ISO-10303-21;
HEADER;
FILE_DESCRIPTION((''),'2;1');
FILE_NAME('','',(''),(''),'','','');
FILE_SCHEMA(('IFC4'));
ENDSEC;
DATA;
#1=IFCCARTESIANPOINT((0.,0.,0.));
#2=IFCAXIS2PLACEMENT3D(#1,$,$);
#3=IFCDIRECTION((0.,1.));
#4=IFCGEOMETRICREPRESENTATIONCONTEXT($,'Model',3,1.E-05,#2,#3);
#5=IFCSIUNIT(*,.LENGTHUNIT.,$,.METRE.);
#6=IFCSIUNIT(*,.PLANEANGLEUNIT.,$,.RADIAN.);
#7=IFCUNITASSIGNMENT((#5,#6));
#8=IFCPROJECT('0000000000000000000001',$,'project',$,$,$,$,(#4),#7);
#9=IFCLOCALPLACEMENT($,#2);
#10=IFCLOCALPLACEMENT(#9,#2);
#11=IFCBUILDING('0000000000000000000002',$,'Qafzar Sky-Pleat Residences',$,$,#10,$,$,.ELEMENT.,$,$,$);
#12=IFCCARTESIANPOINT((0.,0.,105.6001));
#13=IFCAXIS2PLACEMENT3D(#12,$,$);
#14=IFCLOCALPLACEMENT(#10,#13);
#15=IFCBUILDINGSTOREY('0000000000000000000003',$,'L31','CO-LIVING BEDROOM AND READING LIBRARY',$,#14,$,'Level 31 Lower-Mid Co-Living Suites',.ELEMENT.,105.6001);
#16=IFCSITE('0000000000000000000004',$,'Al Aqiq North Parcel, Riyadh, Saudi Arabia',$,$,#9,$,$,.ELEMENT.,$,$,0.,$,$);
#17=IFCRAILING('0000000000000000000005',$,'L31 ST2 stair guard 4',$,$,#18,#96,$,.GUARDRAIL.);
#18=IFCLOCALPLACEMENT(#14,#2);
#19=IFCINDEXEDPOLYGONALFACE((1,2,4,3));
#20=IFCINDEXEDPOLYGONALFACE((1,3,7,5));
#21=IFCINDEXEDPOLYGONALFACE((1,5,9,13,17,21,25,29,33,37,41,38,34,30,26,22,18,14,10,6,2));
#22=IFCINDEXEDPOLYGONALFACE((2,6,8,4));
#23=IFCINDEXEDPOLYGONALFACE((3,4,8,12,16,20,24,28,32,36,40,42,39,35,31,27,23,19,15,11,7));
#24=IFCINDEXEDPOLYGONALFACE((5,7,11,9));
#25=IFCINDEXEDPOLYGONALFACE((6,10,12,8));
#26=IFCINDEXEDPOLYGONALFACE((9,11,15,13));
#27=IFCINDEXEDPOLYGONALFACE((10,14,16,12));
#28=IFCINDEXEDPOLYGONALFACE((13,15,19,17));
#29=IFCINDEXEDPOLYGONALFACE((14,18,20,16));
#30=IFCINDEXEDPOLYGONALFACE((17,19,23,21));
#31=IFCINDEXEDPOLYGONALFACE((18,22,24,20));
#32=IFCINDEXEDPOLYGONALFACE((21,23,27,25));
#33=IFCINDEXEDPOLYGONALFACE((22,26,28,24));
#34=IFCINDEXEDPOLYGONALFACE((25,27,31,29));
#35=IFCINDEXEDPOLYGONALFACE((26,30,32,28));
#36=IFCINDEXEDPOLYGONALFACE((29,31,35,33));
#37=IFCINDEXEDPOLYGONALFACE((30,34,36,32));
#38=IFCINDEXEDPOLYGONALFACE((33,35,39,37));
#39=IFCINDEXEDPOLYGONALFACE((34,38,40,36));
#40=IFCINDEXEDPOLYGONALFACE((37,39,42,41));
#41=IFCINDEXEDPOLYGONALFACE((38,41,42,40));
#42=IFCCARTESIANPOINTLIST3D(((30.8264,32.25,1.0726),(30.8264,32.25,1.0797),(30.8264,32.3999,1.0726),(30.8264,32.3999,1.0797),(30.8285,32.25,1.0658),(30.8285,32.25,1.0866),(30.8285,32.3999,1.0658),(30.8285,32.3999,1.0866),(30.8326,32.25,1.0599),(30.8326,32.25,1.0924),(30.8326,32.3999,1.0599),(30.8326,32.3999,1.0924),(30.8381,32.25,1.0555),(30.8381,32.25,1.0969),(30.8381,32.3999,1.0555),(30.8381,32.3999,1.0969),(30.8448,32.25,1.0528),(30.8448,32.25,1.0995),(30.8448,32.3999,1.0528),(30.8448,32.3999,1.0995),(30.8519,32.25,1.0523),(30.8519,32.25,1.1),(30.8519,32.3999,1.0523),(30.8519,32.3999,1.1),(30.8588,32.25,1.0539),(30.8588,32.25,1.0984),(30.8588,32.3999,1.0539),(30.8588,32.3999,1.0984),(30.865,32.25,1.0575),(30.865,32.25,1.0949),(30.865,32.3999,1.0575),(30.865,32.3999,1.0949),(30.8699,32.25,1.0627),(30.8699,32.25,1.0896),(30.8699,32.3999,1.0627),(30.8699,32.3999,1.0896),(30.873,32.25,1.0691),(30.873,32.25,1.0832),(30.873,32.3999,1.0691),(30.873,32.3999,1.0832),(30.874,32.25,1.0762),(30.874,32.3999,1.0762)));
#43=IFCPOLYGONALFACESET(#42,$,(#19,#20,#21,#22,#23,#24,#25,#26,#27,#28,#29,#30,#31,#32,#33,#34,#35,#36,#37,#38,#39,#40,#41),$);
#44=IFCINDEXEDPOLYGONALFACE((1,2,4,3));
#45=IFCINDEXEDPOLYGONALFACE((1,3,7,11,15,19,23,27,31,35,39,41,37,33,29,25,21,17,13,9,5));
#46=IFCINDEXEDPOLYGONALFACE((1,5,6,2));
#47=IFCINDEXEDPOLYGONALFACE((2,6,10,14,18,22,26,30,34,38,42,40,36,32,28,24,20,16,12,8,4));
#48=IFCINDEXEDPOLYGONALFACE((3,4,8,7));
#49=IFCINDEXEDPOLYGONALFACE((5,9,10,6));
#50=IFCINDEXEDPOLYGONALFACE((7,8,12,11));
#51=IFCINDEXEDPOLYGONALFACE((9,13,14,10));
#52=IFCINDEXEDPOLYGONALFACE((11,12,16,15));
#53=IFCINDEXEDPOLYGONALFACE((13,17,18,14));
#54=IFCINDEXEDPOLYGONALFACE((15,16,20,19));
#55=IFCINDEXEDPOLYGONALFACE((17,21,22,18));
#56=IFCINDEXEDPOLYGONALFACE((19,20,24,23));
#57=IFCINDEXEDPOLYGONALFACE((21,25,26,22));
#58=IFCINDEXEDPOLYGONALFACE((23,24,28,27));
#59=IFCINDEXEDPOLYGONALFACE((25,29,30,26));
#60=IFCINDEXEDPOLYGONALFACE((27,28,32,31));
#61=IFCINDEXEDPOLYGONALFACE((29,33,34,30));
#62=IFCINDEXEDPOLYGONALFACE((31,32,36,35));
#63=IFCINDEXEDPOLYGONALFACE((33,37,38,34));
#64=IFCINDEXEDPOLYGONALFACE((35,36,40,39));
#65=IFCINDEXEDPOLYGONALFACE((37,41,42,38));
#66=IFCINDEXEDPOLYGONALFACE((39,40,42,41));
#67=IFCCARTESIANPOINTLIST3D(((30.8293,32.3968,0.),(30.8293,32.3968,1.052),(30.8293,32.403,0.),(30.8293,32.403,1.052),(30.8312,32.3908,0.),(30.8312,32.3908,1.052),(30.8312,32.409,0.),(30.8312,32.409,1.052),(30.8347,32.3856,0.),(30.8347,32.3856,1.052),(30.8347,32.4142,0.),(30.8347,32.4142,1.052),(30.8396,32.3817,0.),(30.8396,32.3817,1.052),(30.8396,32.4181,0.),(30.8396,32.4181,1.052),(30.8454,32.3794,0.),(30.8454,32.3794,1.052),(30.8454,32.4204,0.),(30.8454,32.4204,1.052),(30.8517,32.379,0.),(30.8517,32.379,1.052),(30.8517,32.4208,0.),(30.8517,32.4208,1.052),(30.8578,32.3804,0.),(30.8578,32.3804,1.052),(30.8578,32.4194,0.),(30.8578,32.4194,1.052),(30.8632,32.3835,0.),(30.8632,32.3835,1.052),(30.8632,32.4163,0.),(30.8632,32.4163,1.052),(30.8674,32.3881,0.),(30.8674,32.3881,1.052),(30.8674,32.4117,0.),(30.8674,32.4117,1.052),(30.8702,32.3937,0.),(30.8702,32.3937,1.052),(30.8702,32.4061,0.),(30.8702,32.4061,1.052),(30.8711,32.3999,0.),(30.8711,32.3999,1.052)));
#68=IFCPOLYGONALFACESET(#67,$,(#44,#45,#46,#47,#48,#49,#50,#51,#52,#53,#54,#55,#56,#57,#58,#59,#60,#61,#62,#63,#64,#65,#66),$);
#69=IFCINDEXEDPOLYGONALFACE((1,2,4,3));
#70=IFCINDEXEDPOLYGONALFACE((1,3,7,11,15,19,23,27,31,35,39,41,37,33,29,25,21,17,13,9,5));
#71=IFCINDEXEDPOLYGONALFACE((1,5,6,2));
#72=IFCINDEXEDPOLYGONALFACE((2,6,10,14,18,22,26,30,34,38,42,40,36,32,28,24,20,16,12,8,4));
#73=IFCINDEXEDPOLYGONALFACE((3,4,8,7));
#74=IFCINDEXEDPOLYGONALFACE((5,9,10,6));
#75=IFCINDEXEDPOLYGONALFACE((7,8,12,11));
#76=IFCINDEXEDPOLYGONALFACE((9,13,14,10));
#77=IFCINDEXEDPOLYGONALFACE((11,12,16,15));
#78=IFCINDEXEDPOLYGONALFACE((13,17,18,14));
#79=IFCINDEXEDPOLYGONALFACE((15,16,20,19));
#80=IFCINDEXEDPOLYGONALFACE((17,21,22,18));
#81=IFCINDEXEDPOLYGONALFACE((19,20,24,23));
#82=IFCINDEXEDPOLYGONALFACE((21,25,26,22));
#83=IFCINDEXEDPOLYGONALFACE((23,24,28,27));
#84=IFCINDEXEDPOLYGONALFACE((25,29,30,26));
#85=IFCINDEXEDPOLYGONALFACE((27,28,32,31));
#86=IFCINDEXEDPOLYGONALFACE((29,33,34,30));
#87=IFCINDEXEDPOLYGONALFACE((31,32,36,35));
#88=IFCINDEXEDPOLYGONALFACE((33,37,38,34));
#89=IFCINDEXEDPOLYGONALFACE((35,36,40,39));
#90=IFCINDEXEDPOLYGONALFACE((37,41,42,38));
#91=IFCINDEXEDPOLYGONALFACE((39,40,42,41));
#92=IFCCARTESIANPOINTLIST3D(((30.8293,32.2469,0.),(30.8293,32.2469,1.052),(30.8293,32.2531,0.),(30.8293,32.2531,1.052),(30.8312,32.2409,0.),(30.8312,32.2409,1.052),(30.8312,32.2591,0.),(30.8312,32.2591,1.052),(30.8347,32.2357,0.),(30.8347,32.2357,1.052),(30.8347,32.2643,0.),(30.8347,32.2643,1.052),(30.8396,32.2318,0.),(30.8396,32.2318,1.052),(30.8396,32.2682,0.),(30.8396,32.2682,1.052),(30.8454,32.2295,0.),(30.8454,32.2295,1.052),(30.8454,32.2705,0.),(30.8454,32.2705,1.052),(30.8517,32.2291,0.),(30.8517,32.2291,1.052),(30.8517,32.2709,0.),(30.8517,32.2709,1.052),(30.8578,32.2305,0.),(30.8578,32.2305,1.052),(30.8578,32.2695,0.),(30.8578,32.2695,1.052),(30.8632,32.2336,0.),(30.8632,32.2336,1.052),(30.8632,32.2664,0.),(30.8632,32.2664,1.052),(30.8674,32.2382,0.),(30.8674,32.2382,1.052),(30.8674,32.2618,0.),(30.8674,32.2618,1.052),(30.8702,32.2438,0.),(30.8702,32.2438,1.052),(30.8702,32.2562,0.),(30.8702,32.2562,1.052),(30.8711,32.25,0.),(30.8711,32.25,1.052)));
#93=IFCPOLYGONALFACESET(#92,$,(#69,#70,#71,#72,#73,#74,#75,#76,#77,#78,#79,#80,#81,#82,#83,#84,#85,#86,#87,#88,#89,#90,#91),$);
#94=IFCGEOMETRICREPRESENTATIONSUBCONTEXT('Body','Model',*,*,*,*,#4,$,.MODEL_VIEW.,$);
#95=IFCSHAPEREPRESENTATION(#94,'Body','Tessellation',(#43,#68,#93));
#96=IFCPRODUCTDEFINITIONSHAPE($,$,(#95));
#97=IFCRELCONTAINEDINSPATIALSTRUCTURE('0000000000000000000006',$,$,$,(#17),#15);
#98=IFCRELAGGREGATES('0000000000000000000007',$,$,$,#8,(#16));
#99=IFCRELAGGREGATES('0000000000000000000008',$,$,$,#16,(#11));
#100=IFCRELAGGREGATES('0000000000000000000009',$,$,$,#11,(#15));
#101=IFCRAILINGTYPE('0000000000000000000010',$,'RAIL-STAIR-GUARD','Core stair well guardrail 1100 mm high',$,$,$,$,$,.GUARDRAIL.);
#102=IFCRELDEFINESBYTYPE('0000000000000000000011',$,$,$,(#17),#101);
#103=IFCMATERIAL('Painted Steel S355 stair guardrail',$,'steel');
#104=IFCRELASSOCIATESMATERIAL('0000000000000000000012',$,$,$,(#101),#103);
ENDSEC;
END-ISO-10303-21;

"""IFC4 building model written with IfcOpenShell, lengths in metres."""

from ifc_helpers import new_model, si_unit, direction, frame, origin, origin_2d, place, context, subcontext, project, spatial, circle, extrude, source, transform, mapped, material, type_object, element, save


model = new_model("IFC4")

# Units and contexts
model_context = context("Model", 3, precision=1e-05, world=origin(), true_north=direction((0.0, 1.0)))
body_context = subcontext(model_context, "Body", "Model", "MODEL_VIEW")
ifc_project = project(units=[si_unit("LENGTHUNIT", "METRE"), si_unit("PLANEANGLEUNIT", "RADIAN")], contexts=[model_context])

# Site, building, storey
site_placement = place(None, origin())
site = spatial("IfcSite", under=ifc_project, at=site_placement, Name="Al Aqiq North Parcel, Riyadh, Saudi Arabia", CompositionType="ELEMENT", RefElevation=0.0)
building_placement = place(site_placement, origin())
building = spatial("IfcBuilding", under=site, at=building_placement, Name="Qafzar Sky-Pleat Residences", CompositionType="ELEMENT")
storey_placement = place(building_placement, frame((0.0, 0.0, 105.6001)))
storey = spatial("IfcBuildingStorey", under=building, at=storey_placement, Name="L31", Description="CO-LIVING BEDROOM AND READING LIBRARY", LongName="Level 31 Lower-Mid Co-Living Suites", CompositionType="ELEMENT", Elevation=105.6001)

# Railing
ifc_material_1 = material(Name="Painted Steel S355 stair guardrail", Category="steel")
railing_type_1 = type_object("IfcRailingType", Name="RAIL-STAIR-GUARD", Description="Core stair well guardrail 1100 mm high", PredefinedType="GUARDRAIL", material=ifc_material_1)
shared_shape_1 = source(origin(), body_context, "Body", "SweptSolid", [
    extrude(circle(Radius=0.0239, at=origin_2d()), frame((0.0, 0.0, 1.0762), z_axis=(0.0, -1.0, 0.0), x_axis=(1.0, 0.0, 0.0)), (0.0, 0.0, 1.0), 0.1499),
    extrude(circle(Radius=0.021, at=origin_2d()), origin(), (0.0, 0.0, 1.0), 1.052),
    extrude(circle(Radius=0.021, at=origin_2d()), frame((0.0, -0.1499, 0.0)), (0.0, 0.0, 1.0), 1.052),
])
for number, where, name in (
    (1, (30.8501, 32.3999, 0.0), "L31 ST2 stair guard 4"),
):
    element("IfcRailing", number, at=place(storey_placement, frame(where)), inside=storey, type_object=railing_type_1, Name=name, PredefinedType="GUARDRAIL", context=body_context, shape_type="MappedRepresentation", body=[
        mapped(shared_shape_1, transform((0.0, 0.0, 0.0), x_axis=(1.0, 0.0, 0.0), y_axis=(0.0, 1.0, 0.0), z_axis=(0.0, 0.0, 1.0), scale=1.0)),
    ])

save(model, "model.ifc")
